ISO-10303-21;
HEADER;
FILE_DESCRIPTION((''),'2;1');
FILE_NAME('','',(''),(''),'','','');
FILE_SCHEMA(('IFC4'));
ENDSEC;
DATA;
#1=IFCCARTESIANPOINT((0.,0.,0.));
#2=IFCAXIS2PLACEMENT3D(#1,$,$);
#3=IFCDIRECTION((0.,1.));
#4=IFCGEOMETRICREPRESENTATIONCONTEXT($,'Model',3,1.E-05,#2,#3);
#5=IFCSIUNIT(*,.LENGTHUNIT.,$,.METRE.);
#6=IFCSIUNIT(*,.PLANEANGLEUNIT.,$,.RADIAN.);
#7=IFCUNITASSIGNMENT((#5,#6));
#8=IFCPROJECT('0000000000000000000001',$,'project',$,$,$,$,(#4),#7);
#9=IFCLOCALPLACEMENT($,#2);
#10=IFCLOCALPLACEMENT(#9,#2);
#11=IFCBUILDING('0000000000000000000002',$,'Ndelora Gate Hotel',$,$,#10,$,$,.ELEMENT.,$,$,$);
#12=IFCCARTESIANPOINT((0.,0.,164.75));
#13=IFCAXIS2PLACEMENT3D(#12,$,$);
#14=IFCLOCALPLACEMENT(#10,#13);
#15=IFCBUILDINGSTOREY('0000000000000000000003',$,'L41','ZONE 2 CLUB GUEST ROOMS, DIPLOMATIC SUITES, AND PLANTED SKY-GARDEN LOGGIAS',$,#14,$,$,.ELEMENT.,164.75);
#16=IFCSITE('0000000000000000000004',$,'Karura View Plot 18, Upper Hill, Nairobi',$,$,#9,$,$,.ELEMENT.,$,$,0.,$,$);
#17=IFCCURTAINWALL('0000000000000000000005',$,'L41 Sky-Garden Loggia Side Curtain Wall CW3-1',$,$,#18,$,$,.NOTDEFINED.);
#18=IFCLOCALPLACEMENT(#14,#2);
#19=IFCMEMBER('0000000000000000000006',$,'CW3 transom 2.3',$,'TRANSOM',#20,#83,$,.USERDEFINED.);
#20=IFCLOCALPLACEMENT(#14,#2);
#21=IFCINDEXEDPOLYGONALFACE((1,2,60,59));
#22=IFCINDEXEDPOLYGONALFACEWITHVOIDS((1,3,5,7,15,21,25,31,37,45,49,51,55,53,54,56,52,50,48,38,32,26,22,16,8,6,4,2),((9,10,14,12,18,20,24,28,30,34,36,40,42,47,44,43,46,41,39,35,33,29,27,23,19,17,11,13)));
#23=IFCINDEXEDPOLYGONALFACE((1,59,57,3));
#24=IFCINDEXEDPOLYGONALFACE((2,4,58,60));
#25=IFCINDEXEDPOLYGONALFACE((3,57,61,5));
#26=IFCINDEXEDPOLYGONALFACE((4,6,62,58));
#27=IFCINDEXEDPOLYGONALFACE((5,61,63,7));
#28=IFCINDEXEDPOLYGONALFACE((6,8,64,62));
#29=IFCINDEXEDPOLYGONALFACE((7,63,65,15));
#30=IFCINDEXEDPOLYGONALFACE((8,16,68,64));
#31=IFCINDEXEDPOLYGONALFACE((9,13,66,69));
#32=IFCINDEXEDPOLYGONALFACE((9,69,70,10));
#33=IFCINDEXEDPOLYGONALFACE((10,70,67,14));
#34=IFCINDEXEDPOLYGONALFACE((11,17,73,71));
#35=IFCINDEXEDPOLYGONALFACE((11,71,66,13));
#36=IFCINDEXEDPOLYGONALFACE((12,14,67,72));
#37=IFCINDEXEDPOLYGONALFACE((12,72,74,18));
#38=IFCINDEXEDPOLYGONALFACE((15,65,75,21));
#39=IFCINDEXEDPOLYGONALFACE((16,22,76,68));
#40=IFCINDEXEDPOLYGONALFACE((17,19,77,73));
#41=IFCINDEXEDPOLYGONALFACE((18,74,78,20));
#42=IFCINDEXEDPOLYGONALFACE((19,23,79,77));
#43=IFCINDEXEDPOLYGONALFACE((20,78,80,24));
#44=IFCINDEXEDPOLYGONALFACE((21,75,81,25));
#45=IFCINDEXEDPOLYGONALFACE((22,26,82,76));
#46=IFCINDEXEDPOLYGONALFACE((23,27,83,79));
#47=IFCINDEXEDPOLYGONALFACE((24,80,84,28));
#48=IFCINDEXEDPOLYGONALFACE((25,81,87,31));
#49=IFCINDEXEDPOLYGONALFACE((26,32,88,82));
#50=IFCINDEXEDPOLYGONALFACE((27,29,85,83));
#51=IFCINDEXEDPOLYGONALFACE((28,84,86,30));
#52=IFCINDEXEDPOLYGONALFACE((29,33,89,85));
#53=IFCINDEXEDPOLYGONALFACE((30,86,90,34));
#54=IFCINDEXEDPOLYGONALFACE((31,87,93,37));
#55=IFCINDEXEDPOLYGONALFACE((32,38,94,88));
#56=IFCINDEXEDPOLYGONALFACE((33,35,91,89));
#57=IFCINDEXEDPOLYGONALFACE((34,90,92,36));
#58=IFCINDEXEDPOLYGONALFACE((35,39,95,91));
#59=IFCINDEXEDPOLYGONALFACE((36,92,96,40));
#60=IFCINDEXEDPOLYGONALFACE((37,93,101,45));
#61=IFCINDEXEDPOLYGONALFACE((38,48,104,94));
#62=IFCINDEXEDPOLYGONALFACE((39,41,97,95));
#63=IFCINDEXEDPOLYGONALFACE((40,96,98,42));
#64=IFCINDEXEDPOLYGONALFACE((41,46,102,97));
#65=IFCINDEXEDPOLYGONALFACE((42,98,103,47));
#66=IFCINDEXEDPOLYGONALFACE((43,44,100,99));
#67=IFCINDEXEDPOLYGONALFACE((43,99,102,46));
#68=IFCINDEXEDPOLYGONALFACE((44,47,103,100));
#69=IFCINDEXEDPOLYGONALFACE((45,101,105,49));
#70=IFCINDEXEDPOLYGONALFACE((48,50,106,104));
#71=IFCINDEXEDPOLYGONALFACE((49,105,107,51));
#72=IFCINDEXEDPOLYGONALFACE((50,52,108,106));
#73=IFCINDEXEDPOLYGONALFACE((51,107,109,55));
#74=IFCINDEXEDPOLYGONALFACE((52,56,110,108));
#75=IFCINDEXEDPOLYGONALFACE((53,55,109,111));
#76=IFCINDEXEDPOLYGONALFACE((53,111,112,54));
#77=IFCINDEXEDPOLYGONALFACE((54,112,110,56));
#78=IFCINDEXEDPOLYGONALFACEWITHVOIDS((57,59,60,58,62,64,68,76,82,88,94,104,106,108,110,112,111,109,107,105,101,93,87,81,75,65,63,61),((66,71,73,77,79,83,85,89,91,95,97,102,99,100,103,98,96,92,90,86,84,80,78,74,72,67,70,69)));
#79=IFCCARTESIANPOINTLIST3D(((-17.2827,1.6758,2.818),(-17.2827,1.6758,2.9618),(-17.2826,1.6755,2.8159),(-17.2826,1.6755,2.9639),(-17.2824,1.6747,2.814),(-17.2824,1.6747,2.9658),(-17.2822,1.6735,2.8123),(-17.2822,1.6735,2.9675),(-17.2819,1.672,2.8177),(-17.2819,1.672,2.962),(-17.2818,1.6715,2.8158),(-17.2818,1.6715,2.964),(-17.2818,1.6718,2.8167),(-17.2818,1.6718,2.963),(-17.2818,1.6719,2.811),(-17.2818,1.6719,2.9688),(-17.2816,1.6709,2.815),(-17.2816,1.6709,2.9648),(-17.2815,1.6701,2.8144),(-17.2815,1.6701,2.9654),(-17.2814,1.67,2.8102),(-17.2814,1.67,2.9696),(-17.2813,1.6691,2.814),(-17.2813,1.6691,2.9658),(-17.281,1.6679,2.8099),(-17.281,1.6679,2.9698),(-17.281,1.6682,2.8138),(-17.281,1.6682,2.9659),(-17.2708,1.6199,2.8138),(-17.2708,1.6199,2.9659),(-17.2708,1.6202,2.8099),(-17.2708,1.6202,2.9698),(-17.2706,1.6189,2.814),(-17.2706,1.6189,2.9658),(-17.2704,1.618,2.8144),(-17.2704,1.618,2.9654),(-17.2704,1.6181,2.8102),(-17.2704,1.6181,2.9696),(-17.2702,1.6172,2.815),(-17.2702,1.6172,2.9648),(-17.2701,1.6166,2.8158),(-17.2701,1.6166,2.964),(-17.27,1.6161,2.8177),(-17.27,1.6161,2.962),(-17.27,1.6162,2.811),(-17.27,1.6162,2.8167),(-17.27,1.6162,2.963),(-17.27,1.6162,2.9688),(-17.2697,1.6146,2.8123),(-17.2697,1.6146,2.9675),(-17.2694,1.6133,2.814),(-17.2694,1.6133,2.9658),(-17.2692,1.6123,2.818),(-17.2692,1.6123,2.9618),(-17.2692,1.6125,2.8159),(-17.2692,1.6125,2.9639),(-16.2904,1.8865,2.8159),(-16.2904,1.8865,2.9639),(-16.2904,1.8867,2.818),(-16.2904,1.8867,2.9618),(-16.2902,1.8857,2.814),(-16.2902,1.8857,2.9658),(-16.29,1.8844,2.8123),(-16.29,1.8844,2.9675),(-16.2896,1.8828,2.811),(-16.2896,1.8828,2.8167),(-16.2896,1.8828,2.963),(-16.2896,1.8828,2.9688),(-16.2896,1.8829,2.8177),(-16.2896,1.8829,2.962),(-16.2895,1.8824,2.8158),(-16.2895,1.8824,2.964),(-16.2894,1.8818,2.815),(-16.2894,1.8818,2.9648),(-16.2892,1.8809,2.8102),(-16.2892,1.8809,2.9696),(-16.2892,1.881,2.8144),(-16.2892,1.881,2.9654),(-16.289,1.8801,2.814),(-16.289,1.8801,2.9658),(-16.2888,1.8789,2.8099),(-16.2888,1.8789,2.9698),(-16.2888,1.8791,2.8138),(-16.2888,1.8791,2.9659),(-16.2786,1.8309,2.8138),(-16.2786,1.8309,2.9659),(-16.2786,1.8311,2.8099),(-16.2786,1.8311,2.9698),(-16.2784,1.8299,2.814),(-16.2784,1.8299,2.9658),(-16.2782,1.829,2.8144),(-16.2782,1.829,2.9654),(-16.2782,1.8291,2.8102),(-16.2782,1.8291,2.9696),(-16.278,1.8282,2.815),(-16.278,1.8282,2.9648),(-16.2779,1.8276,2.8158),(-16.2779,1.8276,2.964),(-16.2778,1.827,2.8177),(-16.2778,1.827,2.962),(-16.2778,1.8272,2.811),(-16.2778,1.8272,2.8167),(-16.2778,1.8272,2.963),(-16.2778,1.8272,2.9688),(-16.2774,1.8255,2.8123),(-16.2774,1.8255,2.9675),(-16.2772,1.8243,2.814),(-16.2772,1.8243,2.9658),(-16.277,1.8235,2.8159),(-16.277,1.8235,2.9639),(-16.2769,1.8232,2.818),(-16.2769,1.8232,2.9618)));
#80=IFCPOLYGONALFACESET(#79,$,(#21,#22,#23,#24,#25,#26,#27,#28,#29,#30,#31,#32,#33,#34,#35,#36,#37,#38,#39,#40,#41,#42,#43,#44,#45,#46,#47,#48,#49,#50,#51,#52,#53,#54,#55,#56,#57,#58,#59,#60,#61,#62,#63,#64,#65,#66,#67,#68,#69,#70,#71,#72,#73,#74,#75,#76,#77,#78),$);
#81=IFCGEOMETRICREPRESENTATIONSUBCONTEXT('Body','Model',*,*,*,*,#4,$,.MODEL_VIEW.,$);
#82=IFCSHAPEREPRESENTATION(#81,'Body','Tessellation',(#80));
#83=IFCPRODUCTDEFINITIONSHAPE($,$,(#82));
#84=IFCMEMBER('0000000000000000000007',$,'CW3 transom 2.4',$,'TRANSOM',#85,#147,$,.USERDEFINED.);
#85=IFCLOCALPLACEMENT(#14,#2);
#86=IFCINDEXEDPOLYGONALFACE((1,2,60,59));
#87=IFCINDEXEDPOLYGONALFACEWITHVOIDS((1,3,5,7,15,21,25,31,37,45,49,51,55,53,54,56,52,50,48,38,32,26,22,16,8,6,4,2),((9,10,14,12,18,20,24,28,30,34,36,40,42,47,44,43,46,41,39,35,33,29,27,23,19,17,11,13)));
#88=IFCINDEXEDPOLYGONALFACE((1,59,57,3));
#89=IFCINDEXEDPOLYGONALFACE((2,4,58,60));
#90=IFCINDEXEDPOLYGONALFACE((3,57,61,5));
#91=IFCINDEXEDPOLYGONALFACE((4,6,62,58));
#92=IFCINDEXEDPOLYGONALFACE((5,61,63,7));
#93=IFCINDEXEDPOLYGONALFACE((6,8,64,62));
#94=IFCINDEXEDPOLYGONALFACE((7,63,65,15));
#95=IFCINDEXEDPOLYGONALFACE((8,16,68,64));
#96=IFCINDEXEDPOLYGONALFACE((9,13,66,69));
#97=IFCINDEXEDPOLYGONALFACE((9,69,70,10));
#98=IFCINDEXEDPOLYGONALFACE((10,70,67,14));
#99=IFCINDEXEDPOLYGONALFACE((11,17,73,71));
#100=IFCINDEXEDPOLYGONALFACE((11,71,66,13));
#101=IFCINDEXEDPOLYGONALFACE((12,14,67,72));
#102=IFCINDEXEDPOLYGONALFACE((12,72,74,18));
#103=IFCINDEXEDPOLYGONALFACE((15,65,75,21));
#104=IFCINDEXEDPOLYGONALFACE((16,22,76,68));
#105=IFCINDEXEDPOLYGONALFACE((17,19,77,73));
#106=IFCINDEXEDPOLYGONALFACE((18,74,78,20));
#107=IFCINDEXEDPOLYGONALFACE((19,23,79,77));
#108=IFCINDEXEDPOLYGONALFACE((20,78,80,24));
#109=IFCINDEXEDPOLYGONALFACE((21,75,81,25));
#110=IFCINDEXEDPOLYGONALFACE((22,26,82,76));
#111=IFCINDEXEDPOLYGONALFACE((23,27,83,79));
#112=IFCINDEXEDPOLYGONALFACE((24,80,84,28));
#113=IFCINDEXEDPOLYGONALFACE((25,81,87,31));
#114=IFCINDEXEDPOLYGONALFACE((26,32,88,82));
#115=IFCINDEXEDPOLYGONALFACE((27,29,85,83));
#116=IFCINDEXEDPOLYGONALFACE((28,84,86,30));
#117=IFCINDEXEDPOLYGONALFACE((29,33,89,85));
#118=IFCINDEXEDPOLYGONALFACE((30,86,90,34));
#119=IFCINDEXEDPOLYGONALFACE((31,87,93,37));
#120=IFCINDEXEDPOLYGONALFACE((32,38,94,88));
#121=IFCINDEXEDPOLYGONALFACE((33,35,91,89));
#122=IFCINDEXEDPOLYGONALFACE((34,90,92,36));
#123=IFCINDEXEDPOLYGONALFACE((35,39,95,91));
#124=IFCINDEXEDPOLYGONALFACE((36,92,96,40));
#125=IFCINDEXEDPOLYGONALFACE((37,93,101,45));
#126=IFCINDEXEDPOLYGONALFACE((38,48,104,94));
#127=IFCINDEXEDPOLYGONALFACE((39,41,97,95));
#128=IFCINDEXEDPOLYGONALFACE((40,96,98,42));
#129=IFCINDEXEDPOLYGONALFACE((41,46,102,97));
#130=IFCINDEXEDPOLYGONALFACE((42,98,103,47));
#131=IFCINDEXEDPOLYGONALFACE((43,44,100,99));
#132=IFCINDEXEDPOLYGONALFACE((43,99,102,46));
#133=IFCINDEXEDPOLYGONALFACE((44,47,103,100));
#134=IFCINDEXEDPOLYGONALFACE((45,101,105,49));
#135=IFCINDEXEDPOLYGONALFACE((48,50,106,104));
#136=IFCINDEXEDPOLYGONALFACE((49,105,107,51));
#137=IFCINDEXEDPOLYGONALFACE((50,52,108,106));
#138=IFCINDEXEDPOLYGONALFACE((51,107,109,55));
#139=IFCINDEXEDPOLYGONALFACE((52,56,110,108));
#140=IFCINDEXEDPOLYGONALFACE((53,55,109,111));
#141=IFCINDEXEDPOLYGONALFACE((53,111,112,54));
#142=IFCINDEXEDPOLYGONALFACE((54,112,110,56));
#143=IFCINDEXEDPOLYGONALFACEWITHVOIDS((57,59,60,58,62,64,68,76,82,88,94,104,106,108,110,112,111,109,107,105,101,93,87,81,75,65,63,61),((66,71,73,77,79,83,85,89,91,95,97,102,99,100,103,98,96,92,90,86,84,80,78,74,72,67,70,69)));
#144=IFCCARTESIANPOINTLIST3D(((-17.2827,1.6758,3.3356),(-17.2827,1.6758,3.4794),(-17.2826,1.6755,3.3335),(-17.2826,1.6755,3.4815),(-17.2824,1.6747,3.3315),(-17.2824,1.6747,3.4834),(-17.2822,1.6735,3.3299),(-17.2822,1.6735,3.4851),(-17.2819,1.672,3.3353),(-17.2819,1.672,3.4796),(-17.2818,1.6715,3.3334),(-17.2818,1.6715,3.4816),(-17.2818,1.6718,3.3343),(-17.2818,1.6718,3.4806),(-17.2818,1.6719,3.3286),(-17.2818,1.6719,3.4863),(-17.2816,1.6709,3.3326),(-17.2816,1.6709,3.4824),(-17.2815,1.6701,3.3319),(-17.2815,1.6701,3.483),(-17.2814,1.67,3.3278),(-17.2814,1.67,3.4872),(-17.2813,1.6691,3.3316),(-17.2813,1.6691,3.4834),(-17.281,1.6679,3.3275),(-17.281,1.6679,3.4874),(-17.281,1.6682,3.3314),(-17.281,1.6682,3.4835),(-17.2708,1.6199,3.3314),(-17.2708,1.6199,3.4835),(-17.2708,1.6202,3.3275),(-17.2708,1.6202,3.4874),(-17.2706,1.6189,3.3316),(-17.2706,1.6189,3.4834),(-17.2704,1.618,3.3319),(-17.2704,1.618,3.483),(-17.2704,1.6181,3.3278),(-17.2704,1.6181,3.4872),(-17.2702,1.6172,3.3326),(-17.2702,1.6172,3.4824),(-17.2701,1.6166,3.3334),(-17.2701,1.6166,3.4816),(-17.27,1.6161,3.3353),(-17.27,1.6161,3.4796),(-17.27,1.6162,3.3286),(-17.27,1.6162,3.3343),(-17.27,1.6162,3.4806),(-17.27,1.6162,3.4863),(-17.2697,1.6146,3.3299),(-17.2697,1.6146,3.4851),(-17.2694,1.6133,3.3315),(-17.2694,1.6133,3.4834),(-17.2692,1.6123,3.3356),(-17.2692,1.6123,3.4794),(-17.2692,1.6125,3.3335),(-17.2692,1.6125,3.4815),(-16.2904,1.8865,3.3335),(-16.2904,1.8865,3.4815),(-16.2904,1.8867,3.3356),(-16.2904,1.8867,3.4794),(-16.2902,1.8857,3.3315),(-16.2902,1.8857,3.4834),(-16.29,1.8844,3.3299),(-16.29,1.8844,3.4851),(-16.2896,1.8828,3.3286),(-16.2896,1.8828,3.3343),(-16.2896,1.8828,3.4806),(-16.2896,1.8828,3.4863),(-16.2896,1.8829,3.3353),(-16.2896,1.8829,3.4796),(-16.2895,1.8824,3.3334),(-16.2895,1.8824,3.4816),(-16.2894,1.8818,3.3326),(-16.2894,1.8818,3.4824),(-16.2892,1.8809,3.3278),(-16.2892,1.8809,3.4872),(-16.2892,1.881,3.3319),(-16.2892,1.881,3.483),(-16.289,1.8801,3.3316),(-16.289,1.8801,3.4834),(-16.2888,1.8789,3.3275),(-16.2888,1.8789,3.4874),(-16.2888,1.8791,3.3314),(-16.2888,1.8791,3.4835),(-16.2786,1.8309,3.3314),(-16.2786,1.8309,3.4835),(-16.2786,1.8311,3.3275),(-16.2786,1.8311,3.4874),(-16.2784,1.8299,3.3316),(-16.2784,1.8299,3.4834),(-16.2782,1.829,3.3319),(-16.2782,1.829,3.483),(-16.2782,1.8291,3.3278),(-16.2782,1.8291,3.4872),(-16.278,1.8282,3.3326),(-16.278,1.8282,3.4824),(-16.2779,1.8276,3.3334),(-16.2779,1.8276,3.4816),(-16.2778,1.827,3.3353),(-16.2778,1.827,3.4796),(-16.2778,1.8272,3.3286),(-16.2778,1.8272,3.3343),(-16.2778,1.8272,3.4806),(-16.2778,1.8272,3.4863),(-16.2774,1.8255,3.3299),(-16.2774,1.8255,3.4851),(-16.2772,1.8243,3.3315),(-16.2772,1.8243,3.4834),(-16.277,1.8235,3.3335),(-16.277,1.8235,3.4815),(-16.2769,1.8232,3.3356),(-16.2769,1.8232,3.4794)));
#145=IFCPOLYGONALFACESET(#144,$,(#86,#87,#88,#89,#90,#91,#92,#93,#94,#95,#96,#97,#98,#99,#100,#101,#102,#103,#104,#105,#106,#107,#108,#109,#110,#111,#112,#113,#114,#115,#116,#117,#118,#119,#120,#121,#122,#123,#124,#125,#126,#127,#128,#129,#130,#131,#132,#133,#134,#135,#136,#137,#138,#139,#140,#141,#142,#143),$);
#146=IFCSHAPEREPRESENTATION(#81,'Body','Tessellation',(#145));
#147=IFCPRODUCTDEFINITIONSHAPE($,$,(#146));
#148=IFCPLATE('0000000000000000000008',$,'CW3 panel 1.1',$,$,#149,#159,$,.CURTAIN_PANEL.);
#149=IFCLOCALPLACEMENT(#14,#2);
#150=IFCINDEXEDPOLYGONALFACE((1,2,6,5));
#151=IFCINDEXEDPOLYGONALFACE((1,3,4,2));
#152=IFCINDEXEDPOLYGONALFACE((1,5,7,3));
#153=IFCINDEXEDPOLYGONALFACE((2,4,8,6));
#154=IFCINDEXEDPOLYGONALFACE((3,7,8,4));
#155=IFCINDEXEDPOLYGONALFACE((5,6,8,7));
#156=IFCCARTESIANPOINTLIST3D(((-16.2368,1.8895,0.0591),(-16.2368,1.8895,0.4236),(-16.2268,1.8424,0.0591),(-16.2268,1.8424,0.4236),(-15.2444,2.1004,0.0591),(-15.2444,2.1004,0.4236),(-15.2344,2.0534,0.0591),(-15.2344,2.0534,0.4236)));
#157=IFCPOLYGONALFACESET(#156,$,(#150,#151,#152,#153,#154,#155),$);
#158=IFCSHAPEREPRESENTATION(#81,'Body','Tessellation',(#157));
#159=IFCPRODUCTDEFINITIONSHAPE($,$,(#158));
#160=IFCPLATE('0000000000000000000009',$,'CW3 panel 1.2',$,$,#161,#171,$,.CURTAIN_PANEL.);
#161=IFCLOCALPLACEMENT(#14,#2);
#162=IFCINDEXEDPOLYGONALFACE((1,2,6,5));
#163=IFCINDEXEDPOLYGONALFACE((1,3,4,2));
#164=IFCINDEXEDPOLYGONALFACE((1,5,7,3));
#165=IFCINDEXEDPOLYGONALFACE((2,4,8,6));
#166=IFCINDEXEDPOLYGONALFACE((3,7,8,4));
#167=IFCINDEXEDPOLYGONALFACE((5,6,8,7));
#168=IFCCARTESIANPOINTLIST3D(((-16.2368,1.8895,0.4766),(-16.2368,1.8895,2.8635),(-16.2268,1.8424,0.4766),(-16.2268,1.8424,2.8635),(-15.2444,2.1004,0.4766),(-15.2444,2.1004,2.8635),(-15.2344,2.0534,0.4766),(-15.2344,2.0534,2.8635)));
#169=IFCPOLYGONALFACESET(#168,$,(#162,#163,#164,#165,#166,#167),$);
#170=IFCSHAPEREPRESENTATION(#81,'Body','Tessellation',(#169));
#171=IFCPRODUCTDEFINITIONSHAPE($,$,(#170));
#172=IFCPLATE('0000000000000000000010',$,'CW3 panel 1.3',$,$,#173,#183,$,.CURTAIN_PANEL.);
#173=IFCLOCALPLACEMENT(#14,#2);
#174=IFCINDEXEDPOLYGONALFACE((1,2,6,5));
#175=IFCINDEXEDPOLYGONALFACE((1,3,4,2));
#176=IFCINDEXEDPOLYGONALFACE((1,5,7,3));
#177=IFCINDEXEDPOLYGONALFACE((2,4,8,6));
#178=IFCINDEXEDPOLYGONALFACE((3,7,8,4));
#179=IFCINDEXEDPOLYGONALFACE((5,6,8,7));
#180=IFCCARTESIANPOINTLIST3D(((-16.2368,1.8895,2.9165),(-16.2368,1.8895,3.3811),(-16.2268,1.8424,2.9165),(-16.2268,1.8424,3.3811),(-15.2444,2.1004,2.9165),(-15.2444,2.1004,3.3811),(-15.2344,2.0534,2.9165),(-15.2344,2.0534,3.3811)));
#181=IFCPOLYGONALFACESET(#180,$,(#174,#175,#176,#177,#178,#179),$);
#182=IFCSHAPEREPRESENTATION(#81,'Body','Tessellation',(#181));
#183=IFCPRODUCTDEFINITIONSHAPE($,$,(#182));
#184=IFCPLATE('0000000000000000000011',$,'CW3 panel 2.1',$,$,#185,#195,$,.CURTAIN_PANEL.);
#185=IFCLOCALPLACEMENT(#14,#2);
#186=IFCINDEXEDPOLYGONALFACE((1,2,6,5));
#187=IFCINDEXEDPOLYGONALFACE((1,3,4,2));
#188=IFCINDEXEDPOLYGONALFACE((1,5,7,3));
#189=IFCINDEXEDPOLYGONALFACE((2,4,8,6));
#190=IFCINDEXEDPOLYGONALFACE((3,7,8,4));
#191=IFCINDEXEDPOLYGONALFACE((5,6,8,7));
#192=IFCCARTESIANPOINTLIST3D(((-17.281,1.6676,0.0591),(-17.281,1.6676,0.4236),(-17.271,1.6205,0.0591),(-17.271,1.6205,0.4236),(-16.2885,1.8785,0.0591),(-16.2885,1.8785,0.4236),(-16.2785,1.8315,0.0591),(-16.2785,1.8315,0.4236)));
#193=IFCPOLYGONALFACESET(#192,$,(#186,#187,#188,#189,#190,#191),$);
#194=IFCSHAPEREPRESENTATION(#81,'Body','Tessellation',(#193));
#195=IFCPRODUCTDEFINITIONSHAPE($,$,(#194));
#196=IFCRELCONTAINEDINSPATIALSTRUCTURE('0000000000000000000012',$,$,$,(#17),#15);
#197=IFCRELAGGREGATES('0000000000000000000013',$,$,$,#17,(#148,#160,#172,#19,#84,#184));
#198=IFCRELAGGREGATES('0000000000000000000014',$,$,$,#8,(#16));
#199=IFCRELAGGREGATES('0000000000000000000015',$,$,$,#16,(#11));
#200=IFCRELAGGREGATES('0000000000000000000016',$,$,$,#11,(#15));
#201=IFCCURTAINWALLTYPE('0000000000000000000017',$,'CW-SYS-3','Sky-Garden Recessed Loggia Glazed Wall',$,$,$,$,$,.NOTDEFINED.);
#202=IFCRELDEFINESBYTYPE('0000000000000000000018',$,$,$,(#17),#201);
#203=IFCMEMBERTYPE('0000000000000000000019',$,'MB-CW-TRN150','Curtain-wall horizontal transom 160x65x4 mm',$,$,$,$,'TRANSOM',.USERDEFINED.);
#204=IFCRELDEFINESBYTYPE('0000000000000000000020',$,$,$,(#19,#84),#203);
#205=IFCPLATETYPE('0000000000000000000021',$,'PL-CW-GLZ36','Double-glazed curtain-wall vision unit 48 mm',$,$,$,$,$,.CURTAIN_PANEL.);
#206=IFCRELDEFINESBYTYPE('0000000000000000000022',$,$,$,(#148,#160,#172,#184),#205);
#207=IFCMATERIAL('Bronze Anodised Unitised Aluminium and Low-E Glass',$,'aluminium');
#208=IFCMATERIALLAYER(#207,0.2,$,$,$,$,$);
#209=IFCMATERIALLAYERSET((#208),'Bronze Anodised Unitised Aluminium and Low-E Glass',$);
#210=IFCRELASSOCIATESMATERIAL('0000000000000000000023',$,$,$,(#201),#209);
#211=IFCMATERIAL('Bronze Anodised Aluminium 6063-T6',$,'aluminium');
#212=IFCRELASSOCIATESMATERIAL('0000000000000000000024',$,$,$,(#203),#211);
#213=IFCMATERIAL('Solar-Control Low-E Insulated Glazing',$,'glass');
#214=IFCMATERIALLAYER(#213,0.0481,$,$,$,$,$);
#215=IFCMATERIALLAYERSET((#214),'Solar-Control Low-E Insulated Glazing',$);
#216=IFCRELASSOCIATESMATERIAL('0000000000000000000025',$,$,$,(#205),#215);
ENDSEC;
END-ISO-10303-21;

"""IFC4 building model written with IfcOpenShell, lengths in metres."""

from ifc_helpers import new_model, si_unit, direction, frame, origin, origin_2d, place, context, subcontext, project, spatial, rectangle, hollow_rectangle, extrude, material, layer, layer_set, material_profile, profile_set, type_object, element, aggregate, save


model = new_model("IFC4")

# Units and contexts
model_context = context("Model", 3, precision=1e-05, world=origin(), true_north=direction((0.0, 1.0)))
body_context = subcontext(model_context, "Body", "Model", "MODEL_VIEW")
ifc_project = project(units=[si_unit("LENGTHUNIT", "METRE"), si_unit("PLANEANGLEUNIT", "RADIAN")], contexts=[model_context])

# Site, building, storey
site_placement = place(None, origin())
site = spatial("IfcSite", under=ifc_project, at=site_placement, Name="Karura View Plot 18, Upper Hill, Nairobi", CompositionType="ELEMENT", RefElevation=0.0)
building_placement = place(site_placement, origin())
building = spatial("IfcBuilding", under=site, at=building_placement, Name="Ndelora Gate Hotel", CompositionType="ELEMENT")
storey_placement = place(building_placement, frame((0.0, 0.0, 164.75)))
storey = spatial("IfcBuildingStorey", under=building, at=storey_placement, Name="L41", Description="ZONE 2 CLUB GUEST ROOMS, DIPLOMATIC SUITES, AND PLANTED SKY-GARDEN LOGGIAS", CompositionType="ELEMENT", Elevation=164.75)

# Curtain wall, members, plates
ifc_material_1 = material(Name="Bronze Anodised Unitised Aluminium and Low-E Glass", Category="aluminium")
ifc_layer_1 = layer(ifc_material_1, 0.2)
ifc_layer_set_1 = layer_set([ifc_layer_1], Name="Bronze Anodised Unitised Aluminium and Low-E Glass")
curtain_wall_type = type_object("IfcCurtainWallType", Name="CW-SYS-3", Description="Sky-Garden Recessed Loggia Glazed Wall", PredefinedType="NOTDEFINED", material=ifc_layer_set_1)
curtain_wall_placement = place(storey_placement, origin())
curtain_wall = element("IfcCurtainWall", 1, at=curtain_wall_placement, inside=storey, type_object=curtain_wall_type, Name="L41 Sky-Garden Loggia Side Curtain Wall CW3-1", PredefinedType="NOTDEFINED")
ifc_material_2 = material(Name="Bronze Anodised Aluminium 6063-T6", Category="aluminium")
ifc_material_profile_1 = material_profile(ifc_material_2, hollow_rectangle(XDim=0.0649, YDim=0.1599, WallThickness=0.0039, InnerFilletRadius=0.0039, OuterFilletRadius=0.0081, at=origin_2d()), Name="ALU 160x65x4")
ifc_profile_set_1 = profile_set([ifc_material_profile_1], Name="Bronze Anodised Aluminium 6063-T6")
member_type_1 = type_object("IfcMemberType", Name="MB-CW-TRN150", Description="Curtain-wall horizontal transom 160x65x4 mm", ElementType="TRANSOM", PredefinedType="USERDEFINED", material=ifc_profile_set_1)
member_1_placement = place(storey_placement, frame((-16.2837, 1.855, 2.8899), z_axis=(-0.978139, -0.207951, 0.0), x_axis=(0.207951, -0.978139, 0.0)))
member_1 = element("IfcMember", 2, at=member_1_placement, type_object=member_type_1, Name="CW3 transom 2.3", ObjectType="TRANSOM", PredefinedType="USERDEFINED", context=body_context, shape_type="SweptSolid", body=[
    extrude(hollow_rectangle(XDim=0.0649, YDim=0.1599, WallThickness=0.0039, InnerFilletRadius=0.0039, OuterFilletRadius=0.0081, at=origin_2d()), origin(), (0.0, 0.0, 1.0), 1.0144),
])
member_2_placement = place(storey_placement, frame((-16.2837, 1.855, 3.4075), z_axis=(-0.978139, -0.207951, 0.0), x_axis=(0.207951, -0.978139, 0.0)))
member_2 = element("IfcMember", 3, at=member_2_placement, type_object=member_type_1, Name="CW3 transom 2.4", ObjectType="TRANSOM", PredefinedType="USERDEFINED", context=body_context, shape_type="SweptSolid", body=[
    extrude(hollow_rectangle(XDim=0.0649, YDim=0.1599, WallThickness=0.0039, InnerFilletRadius=0.0039, OuterFilletRadius=0.0081, at=origin_2d()), origin(), (0.0, 0.0, 1.0), 1.0144),
])
ifc_material_3 = material(Name="Solar-Control Low-E Insulated Glazing", Category="glass")
ifc_layer_2 = layer(ifc_material_3, 0.0481)
ifc_layer_set_2 = layer_set([ifc_layer_2], Name="Solar-Control Low-E Insulated Glazing")
plate_type = type_object("IfcPlateType", Name="PL-CW-GLZ36", Description="Double-glazed curtain-wall vision unit 48 mm", PredefinedType="CURTAIN_PANEL", material=ifc_layer_set_2)
plate_1_placement = place(storey_placement, frame((-15.7356, 1.9714, 0.0591), z_axis=(0.0, 0.0, 1.0), x_axis=(-0.97815, -0.207902, 0.0)))
plate_1 = element("IfcPlate", 4, at=plate_1_placement, type_object=plate_type, Name="CW3 panel 1.1", PredefinedType="CURTAIN_PANEL", context=body_context, shape_type="SweptSolid", body=[
    extrude(rectangle(XDim=1.0146, YDim=0.0481, at=origin_2d()), origin(), (0.0, 0.0, 1.0), 0.3645),
])
plate_2_placement = place(storey_placement, frame((-15.7356, 1.9714, 0.4766), z_axis=(0.0, 0.0, 1.0), x_axis=(-0.97815, -0.207902, 0.0)))
plate_2 = element("IfcPlate", 5, at=plate_2_placement, type_object=plate_type, Name="CW3 panel 1.2", PredefinedType="CURTAIN_PANEL", context=body_context, shape_type="SweptSolid", body=[
    extrude(rectangle(XDim=1.0146, YDim=0.0481, at=origin_2d()), origin(), (0.0, 0.0, 1.0), 2.387),
])
plate_3_placement = place(storey_placement, frame((-15.7356, 1.9714, 2.9165), z_axis=(0.0, 0.0, 1.0), x_axis=(-0.97815, -0.207902, 0.0)))
plate_3 = element("IfcPlate", 6, at=plate_3_placement, type_object=plate_type, Name="CW3 panel 1.3", PredefinedType="CURTAIN_PANEL", context=body_context, shape_type="SweptSolid", body=[
    extrude(rectangle(XDim=1.0146, YDim=0.0481, at=origin_2d()), origin(), (0.0, 0.0, 1.0), 0.4646),
])
plate_4_placement = place(storey_placement, frame((-16.7798, 1.7495, 0.0591), z_axis=(0.0, 0.0, 1.0), x_axis=(-0.97815, -0.207902, 0.0)))
plate_4 = element("IfcPlate", 7, at=plate_4_placement, type_object=plate_type, Name="CW3 panel 2.1", PredefinedType="CURTAIN_PANEL", context=body_context, shape_type="SweptSolid", body=[
    extrude(rectangle(XDim=1.0146, YDim=0.0481, at=origin_2d()), origin(), (0.0, 0.0, 1.0), 0.3645),
])
aggregate(curtain_wall, [plate_1, plate_2, plate_3, member_1, member_2, plate_4])

save(model, "model.ifc")
